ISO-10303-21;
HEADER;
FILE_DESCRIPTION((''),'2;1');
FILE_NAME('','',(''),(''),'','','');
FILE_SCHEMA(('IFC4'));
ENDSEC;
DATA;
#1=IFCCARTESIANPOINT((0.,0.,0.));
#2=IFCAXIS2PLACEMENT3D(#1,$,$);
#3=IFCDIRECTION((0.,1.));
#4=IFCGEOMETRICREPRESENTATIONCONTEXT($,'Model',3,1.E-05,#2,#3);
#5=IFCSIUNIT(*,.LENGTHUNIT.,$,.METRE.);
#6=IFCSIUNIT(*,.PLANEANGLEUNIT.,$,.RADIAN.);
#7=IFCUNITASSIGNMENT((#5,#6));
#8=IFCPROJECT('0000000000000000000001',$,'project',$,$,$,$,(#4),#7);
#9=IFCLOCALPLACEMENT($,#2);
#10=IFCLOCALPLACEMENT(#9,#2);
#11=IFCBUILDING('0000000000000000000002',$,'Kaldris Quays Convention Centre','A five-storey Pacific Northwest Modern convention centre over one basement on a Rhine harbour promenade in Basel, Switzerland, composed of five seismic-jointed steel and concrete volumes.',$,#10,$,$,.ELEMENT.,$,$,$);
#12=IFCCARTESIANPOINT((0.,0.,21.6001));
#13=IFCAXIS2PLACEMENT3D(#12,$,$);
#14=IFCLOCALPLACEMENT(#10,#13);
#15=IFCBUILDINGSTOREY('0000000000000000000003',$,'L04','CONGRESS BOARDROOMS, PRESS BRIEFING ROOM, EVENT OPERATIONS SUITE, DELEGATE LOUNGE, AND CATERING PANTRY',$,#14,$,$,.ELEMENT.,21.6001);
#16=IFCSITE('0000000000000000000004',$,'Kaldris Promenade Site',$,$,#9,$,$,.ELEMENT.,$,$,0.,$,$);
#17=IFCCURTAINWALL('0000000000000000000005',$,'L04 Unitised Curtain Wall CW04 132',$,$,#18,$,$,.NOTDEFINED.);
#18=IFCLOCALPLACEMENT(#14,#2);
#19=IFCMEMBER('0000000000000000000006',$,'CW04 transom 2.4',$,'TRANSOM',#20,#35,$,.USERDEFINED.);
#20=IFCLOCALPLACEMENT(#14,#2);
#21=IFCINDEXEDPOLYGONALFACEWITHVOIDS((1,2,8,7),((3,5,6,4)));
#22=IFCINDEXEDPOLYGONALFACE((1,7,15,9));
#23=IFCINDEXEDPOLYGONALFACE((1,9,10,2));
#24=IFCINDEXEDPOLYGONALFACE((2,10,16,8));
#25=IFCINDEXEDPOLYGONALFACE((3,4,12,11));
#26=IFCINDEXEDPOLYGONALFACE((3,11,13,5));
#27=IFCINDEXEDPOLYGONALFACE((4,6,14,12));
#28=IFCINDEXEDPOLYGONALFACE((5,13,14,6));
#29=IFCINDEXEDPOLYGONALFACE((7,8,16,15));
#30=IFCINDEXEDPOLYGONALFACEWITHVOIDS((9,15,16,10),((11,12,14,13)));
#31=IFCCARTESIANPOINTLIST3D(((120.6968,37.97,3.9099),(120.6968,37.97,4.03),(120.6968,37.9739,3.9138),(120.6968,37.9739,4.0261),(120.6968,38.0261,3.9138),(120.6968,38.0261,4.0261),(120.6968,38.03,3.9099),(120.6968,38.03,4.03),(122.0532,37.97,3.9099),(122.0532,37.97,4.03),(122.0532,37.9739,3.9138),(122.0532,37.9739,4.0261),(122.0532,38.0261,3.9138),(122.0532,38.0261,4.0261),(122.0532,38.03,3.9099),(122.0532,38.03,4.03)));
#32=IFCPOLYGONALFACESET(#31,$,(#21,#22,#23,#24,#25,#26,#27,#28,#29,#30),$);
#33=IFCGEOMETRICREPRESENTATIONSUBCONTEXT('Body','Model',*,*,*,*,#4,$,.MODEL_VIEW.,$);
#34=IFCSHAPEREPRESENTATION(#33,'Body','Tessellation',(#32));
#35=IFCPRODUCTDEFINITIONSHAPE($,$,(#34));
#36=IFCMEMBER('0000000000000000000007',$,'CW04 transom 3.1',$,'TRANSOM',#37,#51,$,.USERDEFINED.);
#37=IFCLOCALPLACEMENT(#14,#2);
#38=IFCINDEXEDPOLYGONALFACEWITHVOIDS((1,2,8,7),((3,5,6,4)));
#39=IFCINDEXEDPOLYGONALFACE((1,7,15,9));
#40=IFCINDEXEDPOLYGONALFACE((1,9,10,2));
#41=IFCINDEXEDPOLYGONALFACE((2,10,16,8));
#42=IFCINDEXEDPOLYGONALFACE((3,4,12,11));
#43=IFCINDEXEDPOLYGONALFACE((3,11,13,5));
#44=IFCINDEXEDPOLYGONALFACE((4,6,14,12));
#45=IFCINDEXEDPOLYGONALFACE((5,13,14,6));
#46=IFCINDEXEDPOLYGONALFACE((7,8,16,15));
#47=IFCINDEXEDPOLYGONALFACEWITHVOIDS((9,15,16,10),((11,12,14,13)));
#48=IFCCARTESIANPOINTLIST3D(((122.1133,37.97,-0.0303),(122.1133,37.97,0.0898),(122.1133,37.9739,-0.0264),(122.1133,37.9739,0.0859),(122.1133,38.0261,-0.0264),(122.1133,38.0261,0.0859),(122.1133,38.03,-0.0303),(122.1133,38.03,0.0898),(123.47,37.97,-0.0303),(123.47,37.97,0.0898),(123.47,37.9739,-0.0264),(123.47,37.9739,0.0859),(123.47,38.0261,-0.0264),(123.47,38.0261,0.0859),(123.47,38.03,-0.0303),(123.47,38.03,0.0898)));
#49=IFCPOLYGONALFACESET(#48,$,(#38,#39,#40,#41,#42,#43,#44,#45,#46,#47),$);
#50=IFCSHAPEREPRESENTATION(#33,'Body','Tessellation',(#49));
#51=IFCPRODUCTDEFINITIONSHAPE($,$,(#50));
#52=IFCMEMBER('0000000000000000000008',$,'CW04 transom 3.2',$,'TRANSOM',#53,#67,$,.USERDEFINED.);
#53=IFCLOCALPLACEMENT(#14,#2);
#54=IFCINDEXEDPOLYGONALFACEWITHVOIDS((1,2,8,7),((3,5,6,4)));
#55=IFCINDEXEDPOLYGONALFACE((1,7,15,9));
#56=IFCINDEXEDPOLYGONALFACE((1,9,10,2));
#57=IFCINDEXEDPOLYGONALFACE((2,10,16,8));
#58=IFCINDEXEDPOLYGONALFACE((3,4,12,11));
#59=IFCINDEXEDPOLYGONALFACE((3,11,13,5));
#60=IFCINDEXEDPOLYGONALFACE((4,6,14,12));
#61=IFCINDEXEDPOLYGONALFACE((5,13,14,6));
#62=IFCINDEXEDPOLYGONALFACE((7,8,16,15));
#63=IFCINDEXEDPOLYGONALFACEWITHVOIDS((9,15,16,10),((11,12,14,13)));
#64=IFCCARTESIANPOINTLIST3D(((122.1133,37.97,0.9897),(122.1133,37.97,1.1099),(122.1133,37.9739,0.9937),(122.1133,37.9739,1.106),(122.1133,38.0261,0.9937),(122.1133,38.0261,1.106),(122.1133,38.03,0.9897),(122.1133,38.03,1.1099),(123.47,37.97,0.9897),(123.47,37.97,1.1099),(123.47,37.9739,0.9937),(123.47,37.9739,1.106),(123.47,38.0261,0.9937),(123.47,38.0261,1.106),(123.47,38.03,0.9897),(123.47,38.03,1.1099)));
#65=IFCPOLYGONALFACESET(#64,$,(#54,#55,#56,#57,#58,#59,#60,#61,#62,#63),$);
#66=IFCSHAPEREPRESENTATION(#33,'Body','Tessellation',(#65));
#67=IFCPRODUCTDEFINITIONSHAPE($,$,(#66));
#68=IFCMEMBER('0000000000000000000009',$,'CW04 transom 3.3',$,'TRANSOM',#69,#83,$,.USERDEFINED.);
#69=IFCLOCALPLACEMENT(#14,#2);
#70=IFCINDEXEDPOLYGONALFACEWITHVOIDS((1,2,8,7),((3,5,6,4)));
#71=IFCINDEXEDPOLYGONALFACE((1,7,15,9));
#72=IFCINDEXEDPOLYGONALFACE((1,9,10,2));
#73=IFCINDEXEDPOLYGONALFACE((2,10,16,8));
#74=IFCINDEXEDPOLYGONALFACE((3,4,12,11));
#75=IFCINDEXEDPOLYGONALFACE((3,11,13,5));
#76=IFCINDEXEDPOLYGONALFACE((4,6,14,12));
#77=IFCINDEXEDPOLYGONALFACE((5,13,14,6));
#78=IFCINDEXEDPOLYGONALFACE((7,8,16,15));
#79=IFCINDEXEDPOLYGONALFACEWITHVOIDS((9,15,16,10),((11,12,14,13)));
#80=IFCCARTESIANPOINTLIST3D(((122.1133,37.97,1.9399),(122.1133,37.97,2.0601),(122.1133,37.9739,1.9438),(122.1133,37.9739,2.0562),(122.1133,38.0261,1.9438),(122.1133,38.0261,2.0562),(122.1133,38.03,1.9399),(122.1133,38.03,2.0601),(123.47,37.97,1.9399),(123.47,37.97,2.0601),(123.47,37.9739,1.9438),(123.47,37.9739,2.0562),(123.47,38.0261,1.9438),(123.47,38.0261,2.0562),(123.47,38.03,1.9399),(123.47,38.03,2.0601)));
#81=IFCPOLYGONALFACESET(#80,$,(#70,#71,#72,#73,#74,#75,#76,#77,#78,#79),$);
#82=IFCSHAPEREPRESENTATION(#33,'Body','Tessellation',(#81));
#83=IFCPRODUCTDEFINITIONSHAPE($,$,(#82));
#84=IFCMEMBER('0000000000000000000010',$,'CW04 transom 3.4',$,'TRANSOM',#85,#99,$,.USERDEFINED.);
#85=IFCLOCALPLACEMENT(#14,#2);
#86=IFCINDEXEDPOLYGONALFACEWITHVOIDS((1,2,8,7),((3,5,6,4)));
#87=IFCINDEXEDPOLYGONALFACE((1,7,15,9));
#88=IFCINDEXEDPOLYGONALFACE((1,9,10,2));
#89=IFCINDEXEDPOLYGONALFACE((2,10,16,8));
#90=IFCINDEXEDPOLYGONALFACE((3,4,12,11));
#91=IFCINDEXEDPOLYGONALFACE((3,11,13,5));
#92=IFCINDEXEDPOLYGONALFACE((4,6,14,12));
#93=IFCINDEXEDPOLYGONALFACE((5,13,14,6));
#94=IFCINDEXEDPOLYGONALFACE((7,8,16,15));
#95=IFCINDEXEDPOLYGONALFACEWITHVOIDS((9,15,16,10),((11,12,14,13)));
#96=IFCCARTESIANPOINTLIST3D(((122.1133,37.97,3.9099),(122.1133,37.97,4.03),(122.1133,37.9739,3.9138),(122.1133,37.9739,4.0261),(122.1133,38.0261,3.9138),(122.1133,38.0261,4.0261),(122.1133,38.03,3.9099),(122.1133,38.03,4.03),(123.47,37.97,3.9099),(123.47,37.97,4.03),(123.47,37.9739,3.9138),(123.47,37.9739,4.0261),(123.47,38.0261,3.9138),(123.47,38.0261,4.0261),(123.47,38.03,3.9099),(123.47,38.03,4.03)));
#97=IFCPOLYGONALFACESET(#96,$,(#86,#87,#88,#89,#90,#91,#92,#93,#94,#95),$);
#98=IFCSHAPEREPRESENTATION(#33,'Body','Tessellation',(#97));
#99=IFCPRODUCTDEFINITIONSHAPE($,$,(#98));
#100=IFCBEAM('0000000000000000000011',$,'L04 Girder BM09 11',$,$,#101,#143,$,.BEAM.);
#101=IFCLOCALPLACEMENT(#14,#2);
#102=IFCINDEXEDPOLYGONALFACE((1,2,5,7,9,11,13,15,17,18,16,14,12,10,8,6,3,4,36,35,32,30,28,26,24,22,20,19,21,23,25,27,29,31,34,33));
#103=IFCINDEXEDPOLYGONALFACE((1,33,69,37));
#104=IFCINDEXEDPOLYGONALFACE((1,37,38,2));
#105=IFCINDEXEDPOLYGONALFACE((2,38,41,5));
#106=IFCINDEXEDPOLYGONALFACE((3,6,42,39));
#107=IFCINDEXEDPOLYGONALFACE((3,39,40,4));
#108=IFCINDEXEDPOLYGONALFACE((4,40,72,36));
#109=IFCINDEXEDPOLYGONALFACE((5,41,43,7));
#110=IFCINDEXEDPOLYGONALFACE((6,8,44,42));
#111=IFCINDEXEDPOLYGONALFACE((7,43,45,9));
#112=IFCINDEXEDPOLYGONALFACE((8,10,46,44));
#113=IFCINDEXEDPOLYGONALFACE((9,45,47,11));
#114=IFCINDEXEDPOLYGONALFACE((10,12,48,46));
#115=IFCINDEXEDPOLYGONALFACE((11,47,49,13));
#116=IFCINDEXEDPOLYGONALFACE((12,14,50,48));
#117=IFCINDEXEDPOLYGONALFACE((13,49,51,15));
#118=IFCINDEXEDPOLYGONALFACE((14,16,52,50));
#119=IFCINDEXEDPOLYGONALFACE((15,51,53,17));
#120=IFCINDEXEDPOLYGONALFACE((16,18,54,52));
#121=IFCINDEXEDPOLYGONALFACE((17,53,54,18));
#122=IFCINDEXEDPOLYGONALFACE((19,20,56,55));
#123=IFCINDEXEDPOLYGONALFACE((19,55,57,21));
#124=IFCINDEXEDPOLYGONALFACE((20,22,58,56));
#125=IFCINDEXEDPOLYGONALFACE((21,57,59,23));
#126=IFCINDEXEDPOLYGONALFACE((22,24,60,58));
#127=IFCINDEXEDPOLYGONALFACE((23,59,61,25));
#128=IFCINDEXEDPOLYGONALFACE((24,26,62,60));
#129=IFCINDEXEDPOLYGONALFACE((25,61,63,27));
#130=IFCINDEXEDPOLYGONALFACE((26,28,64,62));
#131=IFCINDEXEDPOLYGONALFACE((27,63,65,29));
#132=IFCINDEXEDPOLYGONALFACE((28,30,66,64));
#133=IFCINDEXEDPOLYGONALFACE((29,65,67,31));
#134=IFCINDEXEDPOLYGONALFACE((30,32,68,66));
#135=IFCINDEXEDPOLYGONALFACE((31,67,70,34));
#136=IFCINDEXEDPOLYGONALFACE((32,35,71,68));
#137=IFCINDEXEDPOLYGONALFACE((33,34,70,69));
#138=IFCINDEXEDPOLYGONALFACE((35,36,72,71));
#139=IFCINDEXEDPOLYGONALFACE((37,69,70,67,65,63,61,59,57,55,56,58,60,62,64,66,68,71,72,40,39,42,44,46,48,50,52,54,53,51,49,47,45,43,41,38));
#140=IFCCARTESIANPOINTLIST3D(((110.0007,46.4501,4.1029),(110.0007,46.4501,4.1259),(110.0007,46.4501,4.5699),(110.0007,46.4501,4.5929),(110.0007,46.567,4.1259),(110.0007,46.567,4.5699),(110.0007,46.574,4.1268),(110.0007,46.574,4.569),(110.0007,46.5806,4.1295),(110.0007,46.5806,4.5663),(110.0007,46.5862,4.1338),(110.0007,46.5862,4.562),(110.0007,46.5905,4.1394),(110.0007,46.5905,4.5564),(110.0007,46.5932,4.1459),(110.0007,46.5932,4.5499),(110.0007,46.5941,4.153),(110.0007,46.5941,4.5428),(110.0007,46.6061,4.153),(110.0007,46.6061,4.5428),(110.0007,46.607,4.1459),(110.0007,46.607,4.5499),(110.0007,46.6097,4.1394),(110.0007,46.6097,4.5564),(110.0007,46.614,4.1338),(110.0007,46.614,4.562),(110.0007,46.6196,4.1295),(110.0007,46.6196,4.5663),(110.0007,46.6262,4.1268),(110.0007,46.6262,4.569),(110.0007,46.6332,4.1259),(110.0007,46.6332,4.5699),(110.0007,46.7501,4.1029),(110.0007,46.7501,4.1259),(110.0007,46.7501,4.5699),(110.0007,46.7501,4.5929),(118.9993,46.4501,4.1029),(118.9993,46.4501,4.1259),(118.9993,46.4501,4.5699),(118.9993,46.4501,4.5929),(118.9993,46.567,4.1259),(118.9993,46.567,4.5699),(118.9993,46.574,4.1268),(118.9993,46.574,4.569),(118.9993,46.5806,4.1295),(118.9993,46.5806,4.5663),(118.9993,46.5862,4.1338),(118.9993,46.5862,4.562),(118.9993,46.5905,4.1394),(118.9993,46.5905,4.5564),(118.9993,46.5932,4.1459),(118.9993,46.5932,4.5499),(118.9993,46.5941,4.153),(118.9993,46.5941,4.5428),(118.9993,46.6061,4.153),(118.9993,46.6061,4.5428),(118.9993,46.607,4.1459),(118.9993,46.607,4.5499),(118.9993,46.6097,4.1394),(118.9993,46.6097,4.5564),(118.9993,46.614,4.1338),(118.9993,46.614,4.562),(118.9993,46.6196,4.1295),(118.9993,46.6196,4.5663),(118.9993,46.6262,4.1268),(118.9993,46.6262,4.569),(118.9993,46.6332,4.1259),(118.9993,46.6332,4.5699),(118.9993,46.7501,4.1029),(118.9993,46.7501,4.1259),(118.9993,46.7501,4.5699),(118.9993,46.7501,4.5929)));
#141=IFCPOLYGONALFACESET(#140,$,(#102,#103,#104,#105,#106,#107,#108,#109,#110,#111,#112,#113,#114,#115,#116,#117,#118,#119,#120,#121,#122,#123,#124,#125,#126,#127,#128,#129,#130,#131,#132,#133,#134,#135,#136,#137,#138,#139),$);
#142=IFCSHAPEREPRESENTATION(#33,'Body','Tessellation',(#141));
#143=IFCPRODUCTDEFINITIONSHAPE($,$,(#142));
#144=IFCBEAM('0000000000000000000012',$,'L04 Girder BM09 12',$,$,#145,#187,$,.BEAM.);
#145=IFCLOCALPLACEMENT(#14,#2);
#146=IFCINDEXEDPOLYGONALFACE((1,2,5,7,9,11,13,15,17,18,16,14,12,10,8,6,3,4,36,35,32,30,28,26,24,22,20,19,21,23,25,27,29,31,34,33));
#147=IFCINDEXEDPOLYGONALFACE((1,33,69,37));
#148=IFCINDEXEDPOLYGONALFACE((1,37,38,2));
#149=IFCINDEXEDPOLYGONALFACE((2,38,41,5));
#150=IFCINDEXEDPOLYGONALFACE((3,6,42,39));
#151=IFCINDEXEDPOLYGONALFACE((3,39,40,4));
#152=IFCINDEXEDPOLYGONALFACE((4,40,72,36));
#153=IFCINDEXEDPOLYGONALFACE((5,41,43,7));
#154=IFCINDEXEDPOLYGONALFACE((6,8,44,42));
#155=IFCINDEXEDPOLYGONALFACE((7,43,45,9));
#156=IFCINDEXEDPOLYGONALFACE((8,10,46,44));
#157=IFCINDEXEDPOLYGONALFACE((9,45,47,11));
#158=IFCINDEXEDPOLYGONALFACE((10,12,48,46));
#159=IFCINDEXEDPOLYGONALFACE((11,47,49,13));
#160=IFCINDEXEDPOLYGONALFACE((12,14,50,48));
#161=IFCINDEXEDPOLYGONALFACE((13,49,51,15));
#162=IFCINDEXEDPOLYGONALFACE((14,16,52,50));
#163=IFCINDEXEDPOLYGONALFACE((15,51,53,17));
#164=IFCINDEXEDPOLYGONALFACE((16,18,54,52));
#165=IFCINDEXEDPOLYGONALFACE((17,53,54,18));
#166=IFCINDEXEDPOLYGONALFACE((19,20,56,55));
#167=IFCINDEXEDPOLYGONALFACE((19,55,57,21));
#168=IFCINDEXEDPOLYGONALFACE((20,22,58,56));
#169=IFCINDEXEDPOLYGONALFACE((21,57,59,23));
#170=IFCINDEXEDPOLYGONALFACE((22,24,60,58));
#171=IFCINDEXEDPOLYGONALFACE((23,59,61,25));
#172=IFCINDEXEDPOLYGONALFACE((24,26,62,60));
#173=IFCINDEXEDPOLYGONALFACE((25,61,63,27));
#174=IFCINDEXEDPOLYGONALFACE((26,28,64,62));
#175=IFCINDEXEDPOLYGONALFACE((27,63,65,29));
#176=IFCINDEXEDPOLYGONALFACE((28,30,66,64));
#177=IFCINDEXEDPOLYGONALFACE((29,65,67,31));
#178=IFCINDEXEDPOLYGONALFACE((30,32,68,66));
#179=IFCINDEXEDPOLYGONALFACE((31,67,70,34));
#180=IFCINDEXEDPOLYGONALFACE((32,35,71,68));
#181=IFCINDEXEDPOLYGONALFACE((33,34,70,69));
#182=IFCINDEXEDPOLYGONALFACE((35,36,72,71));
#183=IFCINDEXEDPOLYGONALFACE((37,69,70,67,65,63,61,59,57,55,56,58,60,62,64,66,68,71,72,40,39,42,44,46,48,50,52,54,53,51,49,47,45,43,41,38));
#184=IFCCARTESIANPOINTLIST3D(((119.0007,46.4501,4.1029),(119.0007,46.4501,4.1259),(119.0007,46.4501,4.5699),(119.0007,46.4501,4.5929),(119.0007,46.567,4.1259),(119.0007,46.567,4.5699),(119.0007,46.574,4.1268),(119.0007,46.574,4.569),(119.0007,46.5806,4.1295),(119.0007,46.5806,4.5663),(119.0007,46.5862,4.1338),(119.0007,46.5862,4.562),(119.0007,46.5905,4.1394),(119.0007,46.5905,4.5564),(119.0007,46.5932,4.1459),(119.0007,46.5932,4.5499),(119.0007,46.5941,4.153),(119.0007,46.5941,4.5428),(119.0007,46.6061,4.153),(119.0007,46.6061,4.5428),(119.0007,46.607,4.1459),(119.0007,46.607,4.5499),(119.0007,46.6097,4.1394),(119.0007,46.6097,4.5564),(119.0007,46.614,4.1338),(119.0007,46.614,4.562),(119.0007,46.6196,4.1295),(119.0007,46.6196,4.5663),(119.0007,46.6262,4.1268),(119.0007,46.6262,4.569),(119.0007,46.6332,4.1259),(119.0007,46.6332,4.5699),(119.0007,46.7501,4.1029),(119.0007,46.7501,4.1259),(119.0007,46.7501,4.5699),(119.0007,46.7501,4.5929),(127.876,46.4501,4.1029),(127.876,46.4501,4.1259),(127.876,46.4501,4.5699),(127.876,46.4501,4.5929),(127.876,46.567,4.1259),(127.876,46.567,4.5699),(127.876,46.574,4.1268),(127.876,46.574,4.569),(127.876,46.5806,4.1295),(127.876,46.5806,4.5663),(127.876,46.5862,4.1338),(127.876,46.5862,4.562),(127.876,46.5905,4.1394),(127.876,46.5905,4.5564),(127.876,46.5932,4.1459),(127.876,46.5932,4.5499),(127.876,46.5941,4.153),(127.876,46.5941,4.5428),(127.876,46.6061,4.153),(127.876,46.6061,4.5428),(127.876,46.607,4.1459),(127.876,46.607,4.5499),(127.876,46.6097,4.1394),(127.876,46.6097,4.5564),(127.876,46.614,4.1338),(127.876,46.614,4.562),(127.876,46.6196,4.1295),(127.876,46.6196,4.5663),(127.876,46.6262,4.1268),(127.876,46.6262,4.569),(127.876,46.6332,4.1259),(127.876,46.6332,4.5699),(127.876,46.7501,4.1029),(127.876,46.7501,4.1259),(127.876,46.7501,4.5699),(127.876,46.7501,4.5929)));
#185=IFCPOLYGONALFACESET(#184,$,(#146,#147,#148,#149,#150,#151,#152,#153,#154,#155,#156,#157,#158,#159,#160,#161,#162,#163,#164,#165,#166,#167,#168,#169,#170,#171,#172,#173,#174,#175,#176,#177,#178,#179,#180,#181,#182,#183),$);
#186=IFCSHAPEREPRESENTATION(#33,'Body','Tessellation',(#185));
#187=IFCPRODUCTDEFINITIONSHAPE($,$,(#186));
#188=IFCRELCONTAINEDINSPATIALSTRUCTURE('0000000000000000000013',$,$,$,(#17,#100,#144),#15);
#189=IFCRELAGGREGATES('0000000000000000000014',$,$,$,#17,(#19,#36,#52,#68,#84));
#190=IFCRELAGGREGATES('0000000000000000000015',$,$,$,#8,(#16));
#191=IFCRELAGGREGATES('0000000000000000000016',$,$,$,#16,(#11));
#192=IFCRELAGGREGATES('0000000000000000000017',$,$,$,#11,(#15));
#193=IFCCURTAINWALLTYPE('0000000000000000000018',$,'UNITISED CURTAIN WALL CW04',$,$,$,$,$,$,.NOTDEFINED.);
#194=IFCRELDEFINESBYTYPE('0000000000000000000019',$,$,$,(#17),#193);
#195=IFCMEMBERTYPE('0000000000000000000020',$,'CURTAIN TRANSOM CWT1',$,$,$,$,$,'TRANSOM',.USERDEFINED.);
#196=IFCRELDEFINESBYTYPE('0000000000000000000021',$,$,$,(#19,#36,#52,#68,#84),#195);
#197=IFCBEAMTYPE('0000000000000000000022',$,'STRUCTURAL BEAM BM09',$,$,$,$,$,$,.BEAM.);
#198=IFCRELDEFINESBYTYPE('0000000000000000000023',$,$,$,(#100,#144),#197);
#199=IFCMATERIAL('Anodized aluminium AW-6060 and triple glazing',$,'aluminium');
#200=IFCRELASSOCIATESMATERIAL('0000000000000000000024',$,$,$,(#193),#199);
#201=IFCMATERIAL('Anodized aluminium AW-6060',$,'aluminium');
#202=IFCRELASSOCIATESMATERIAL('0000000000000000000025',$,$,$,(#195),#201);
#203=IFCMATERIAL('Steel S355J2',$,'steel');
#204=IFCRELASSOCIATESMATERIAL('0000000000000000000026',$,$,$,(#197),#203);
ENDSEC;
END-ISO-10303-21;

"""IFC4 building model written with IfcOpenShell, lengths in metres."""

from ifc_helpers import new_model, si_unit, direction, frame, origin, origin_2d, place, context, subcontext, project, spatial, hollow_rectangle, i_section, extrude, material, material_profile, profile_set, type_object, element, aggregate, save


model = new_model("IFC4")

# Units and contexts
model_context = context("Model", 3, precision=1e-05, world=origin(), true_north=direction((0.0, 1.0)))
body_context = subcontext(model_context, "Body", "Model", "MODEL_VIEW")
ifc_project = project(units=[si_unit("LENGTHUNIT", "METRE"), si_unit("PLANEANGLEUNIT", "RADIAN")], contexts=[model_context])

# Site, building, storey
site_placement = place(None, origin())
site = spatial("IfcSite", under=ifc_project, at=site_placement, Name="Kaldris Promenade Site", CompositionType="ELEMENT", RefElevation=0.0)
building_placement = place(site_placement, origin())
building = spatial("IfcBuilding", under=site, at=building_placement, Name="Kaldris Quays Convention Centre", Description="A five-storey Pacific Northwest Modern convention centre over one basement on a Rhine harbour promenade in Basel, Switzerland, composed of five seismic-jointed steel and concrete volumes.", CompositionType="ELEMENT")
storey_placement = place(building_placement, frame((0.0, 0.0, 21.6001)))
storey = spatial("IfcBuildingStorey", under=building, at=storey_placement, Name="L04", Description="CONGRESS BOARDROOMS, PRESS BRIEFING ROOM, EVENT OPERATIONS SUITE, DELEGATE LOUNGE, AND CATERING PANTRY", CompositionType="ELEMENT", Elevation=21.6001)

# Shared definitions
ifc_material_1 = material(Name="Steel S355J2", Category="steel")

# Curtain wall, members
ifc_material_2 = material(Name="Anodized aluminium AW-6060 and triple glazing", Category="aluminium")
curtain_wall_type = type_object("IfcCurtainWallType", Name="UNITISED CURTAIN WALL CW04", PredefinedType="NOTDEFINED", material=ifc_material_2)
curtain_wall_placement = place(storey_placement, origin())
curtain_wall = element("IfcCurtainWall", 1, at=curtain_wall_placement, inside=storey, type_object=curtain_wall_type, Name="L04 Unitised Curtain Wall CW04 132", PredefinedType="NOTDEFINED")
ifc_material_3 = material(Name="Anodized aluminium AW-6060", Category="aluminium")
ifc_material_profile_1 = material_profile(ifc_material_3, hollow_rectangle(XDim=0.0601, YDim=0.1201, WallThickness=0.0039, at=origin_2d()), Name="RHS 120x60x4")
ifc_profile_set_1 = profile_set([ifc_material_profile_1], Name="Anodized aluminium AW-6060")
member_type_1 = type_object("IfcMemberType", Name="CURTAIN TRANSOM CWT1", ElementType="TRANSOM", PredefinedType="USERDEFINED", material=ifc_profile_set_1)
member_1_placement = place(storey_placement, frame((120.6968, 38.0, 3.97), z_axis=(1.0, 0.0, 0.0), x_axis=(0.0, 1.0, 0.0)))
member_1 = element("IfcMember", 2, at=member_1_placement, type_object=member_type_1, Name="CW04 transom 2.4", ObjectType="TRANSOM", PredefinedType="USERDEFINED", context=body_context, shape_type="SweptSolid", body=[
    extrude(hollow_rectangle(XDim=0.0601, YDim=0.1201, WallThickness=0.0039, at=origin_2d()), origin(), (0.0, 0.0, 1.0), 1.3564),
])
member_2_placement = place(storey_placement, frame((122.1133, 38.0, 0.0298), z_axis=(1.0, 0.0, 0.0), x_axis=(0.0, 1.0, 0.0)))
member_2 = element("IfcMember", 3, at=member_2_placement, type_object=member_type_1, Name="CW04 transom 3.1", ObjectType="TRANSOM", PredefinedType="USERDEFINED", context=body_context, shape_type="SweptSolid", body=[
    extrude(hollow_rectangle(XDim=0.0601, YDim=0.1201, WallThickness=0.0039, at=origin_2d()), origin(), (0.0, 0.0, 1.0), 1.3567),
])
member_3_placement = place(storey_placement, frame((122.1133, 38.0, 1.0498), z_axis=(1.0, 0.0, 0.0), x_axis=(0.0, 1.0, 0.0)))
member_3 = element("IfcMember", 4, at=member_3_placement, type_object=member_type_1, Name="CW04 transom 3.2", ObjectType="TRANSOM", PredefinedType="USERDEFINED", context=body_context, shape_type="SweptSolid", body=[
    extrude(hollow_rectangle(XDim=0.0601, YDim=0.1201, WallThickness=0.0039, at=origin_2d()), origin(), (0.0, 0.0, 1.0), 1.3567),
])
member_4_placement = place(storey_placement, frame((122.1133, 38.0, 2.0), z_axis=(1.0, 0.0, 0.0), x_axis=(0.0, 1.0, 0.0)))
member_4 = element("IfcMember", 5, at=member_4_placement, type_object=member_type_1, Name="CW04 transom 3.3", ObjectType="TRANSOM", PredefinedType="USERDEFINED", context=body_context, shape_type="SweptSolid", body=[
    extrude(hollow_rectangle(XDim=0.0601, YDim=0.1201, WallThickness=0.0039, at=origin_2d()), origin(), (0.0, 0.0, 1.0), 1.3567),
])
member_5_placement = place(storey_placement, frame((122.1133, 38.0, 3.97), z_axis=(1.0, 0.0, 0.0), x_axis=(0.0, 1.0, 0.0)))
member_5 = element("IfcMember", 6, at=member_5_placement, type_object=member_type_1, Name="CW04 transom 3.4", ObjectType="TRANSOM", PredefinedType="USERDEFINED", context=body_context, shape_type="SweptSolid", body=[
    extrude(hollow_rectangle(XDim=0.0601, YDim=0.1201, WallThickness=0.0039, at=origin_2d()), origin(), (0.0, 0.0, 1.0), 1.3567),
])

# Beams
ifc_material_profile_2 = material_profile(ifc_material_1, i_section(OverallWidth=0.3, OverallDepth=0.49, WebThickness=0.012, FlangeThickness=0.0229, FilletRadius=0.0271, at=origin_2d()), Name="HEA 500")
ifc_profile_set_2 = profile_set([ifc_material_profile_2], Name="Steel S355J2")
beam_type_1 = type_object("IfcBeamType", Name="STRUCTURAL BEAM BM09", PredefinedType="BEAM", material=ifc_profile_set_2)
beam_1_placement = place(storey_placement, frame((110.0007, 46.6001, 4.3479), z_axis=(1.0, 0.0, 0.0), x_axis=(0.0, 1.0, 0.0)))
element("IfcBeam", 7, at=beam_1_placement, inside=storey, type_object=beam_type_1, Name="L04 Girder BM09 11", PredefinedType="BEAM", context=body_context, shape_type="SweptSolid", body=[
    extrude(i_section(OverallWidth=0.3, OverallDepth=0.49, WebThickness=0.012, FlangeThickness=0.0229, FilletRadius=0.0271, at=origin_2d()), origin(), (0.0, 0.0, 1.0), 8.9985),
])
beam_2_placement = place(storey_placement, frame((119.0007, 46.6001, 4.3479), z_axis=(1.0, 0.0, 0.0), x_axis=(0.0, 1.0, 0.0)))
element("IfcBeam", 8, at=beam_2_placement, inside=storey, type_object=beam_type_1, Name="L04 Girder BM09 12", PredefinedType="BEAM", context=body_context, shape_type="SweptSolid", body=[
    extrude(i_section(OverallWidth=0.3, OverallDepth=0.49, WebThickness=0.012, FlangeThickness=0.0229, FilletRadius=0.0271, at=origin_2d()), origin(), (0.0, 0.0, 1.0), 8.8752),
])

aggregate(curtain_wall, [member_1, member_2, member_3, member_4, member_5])

save(model, "model.ifc")
